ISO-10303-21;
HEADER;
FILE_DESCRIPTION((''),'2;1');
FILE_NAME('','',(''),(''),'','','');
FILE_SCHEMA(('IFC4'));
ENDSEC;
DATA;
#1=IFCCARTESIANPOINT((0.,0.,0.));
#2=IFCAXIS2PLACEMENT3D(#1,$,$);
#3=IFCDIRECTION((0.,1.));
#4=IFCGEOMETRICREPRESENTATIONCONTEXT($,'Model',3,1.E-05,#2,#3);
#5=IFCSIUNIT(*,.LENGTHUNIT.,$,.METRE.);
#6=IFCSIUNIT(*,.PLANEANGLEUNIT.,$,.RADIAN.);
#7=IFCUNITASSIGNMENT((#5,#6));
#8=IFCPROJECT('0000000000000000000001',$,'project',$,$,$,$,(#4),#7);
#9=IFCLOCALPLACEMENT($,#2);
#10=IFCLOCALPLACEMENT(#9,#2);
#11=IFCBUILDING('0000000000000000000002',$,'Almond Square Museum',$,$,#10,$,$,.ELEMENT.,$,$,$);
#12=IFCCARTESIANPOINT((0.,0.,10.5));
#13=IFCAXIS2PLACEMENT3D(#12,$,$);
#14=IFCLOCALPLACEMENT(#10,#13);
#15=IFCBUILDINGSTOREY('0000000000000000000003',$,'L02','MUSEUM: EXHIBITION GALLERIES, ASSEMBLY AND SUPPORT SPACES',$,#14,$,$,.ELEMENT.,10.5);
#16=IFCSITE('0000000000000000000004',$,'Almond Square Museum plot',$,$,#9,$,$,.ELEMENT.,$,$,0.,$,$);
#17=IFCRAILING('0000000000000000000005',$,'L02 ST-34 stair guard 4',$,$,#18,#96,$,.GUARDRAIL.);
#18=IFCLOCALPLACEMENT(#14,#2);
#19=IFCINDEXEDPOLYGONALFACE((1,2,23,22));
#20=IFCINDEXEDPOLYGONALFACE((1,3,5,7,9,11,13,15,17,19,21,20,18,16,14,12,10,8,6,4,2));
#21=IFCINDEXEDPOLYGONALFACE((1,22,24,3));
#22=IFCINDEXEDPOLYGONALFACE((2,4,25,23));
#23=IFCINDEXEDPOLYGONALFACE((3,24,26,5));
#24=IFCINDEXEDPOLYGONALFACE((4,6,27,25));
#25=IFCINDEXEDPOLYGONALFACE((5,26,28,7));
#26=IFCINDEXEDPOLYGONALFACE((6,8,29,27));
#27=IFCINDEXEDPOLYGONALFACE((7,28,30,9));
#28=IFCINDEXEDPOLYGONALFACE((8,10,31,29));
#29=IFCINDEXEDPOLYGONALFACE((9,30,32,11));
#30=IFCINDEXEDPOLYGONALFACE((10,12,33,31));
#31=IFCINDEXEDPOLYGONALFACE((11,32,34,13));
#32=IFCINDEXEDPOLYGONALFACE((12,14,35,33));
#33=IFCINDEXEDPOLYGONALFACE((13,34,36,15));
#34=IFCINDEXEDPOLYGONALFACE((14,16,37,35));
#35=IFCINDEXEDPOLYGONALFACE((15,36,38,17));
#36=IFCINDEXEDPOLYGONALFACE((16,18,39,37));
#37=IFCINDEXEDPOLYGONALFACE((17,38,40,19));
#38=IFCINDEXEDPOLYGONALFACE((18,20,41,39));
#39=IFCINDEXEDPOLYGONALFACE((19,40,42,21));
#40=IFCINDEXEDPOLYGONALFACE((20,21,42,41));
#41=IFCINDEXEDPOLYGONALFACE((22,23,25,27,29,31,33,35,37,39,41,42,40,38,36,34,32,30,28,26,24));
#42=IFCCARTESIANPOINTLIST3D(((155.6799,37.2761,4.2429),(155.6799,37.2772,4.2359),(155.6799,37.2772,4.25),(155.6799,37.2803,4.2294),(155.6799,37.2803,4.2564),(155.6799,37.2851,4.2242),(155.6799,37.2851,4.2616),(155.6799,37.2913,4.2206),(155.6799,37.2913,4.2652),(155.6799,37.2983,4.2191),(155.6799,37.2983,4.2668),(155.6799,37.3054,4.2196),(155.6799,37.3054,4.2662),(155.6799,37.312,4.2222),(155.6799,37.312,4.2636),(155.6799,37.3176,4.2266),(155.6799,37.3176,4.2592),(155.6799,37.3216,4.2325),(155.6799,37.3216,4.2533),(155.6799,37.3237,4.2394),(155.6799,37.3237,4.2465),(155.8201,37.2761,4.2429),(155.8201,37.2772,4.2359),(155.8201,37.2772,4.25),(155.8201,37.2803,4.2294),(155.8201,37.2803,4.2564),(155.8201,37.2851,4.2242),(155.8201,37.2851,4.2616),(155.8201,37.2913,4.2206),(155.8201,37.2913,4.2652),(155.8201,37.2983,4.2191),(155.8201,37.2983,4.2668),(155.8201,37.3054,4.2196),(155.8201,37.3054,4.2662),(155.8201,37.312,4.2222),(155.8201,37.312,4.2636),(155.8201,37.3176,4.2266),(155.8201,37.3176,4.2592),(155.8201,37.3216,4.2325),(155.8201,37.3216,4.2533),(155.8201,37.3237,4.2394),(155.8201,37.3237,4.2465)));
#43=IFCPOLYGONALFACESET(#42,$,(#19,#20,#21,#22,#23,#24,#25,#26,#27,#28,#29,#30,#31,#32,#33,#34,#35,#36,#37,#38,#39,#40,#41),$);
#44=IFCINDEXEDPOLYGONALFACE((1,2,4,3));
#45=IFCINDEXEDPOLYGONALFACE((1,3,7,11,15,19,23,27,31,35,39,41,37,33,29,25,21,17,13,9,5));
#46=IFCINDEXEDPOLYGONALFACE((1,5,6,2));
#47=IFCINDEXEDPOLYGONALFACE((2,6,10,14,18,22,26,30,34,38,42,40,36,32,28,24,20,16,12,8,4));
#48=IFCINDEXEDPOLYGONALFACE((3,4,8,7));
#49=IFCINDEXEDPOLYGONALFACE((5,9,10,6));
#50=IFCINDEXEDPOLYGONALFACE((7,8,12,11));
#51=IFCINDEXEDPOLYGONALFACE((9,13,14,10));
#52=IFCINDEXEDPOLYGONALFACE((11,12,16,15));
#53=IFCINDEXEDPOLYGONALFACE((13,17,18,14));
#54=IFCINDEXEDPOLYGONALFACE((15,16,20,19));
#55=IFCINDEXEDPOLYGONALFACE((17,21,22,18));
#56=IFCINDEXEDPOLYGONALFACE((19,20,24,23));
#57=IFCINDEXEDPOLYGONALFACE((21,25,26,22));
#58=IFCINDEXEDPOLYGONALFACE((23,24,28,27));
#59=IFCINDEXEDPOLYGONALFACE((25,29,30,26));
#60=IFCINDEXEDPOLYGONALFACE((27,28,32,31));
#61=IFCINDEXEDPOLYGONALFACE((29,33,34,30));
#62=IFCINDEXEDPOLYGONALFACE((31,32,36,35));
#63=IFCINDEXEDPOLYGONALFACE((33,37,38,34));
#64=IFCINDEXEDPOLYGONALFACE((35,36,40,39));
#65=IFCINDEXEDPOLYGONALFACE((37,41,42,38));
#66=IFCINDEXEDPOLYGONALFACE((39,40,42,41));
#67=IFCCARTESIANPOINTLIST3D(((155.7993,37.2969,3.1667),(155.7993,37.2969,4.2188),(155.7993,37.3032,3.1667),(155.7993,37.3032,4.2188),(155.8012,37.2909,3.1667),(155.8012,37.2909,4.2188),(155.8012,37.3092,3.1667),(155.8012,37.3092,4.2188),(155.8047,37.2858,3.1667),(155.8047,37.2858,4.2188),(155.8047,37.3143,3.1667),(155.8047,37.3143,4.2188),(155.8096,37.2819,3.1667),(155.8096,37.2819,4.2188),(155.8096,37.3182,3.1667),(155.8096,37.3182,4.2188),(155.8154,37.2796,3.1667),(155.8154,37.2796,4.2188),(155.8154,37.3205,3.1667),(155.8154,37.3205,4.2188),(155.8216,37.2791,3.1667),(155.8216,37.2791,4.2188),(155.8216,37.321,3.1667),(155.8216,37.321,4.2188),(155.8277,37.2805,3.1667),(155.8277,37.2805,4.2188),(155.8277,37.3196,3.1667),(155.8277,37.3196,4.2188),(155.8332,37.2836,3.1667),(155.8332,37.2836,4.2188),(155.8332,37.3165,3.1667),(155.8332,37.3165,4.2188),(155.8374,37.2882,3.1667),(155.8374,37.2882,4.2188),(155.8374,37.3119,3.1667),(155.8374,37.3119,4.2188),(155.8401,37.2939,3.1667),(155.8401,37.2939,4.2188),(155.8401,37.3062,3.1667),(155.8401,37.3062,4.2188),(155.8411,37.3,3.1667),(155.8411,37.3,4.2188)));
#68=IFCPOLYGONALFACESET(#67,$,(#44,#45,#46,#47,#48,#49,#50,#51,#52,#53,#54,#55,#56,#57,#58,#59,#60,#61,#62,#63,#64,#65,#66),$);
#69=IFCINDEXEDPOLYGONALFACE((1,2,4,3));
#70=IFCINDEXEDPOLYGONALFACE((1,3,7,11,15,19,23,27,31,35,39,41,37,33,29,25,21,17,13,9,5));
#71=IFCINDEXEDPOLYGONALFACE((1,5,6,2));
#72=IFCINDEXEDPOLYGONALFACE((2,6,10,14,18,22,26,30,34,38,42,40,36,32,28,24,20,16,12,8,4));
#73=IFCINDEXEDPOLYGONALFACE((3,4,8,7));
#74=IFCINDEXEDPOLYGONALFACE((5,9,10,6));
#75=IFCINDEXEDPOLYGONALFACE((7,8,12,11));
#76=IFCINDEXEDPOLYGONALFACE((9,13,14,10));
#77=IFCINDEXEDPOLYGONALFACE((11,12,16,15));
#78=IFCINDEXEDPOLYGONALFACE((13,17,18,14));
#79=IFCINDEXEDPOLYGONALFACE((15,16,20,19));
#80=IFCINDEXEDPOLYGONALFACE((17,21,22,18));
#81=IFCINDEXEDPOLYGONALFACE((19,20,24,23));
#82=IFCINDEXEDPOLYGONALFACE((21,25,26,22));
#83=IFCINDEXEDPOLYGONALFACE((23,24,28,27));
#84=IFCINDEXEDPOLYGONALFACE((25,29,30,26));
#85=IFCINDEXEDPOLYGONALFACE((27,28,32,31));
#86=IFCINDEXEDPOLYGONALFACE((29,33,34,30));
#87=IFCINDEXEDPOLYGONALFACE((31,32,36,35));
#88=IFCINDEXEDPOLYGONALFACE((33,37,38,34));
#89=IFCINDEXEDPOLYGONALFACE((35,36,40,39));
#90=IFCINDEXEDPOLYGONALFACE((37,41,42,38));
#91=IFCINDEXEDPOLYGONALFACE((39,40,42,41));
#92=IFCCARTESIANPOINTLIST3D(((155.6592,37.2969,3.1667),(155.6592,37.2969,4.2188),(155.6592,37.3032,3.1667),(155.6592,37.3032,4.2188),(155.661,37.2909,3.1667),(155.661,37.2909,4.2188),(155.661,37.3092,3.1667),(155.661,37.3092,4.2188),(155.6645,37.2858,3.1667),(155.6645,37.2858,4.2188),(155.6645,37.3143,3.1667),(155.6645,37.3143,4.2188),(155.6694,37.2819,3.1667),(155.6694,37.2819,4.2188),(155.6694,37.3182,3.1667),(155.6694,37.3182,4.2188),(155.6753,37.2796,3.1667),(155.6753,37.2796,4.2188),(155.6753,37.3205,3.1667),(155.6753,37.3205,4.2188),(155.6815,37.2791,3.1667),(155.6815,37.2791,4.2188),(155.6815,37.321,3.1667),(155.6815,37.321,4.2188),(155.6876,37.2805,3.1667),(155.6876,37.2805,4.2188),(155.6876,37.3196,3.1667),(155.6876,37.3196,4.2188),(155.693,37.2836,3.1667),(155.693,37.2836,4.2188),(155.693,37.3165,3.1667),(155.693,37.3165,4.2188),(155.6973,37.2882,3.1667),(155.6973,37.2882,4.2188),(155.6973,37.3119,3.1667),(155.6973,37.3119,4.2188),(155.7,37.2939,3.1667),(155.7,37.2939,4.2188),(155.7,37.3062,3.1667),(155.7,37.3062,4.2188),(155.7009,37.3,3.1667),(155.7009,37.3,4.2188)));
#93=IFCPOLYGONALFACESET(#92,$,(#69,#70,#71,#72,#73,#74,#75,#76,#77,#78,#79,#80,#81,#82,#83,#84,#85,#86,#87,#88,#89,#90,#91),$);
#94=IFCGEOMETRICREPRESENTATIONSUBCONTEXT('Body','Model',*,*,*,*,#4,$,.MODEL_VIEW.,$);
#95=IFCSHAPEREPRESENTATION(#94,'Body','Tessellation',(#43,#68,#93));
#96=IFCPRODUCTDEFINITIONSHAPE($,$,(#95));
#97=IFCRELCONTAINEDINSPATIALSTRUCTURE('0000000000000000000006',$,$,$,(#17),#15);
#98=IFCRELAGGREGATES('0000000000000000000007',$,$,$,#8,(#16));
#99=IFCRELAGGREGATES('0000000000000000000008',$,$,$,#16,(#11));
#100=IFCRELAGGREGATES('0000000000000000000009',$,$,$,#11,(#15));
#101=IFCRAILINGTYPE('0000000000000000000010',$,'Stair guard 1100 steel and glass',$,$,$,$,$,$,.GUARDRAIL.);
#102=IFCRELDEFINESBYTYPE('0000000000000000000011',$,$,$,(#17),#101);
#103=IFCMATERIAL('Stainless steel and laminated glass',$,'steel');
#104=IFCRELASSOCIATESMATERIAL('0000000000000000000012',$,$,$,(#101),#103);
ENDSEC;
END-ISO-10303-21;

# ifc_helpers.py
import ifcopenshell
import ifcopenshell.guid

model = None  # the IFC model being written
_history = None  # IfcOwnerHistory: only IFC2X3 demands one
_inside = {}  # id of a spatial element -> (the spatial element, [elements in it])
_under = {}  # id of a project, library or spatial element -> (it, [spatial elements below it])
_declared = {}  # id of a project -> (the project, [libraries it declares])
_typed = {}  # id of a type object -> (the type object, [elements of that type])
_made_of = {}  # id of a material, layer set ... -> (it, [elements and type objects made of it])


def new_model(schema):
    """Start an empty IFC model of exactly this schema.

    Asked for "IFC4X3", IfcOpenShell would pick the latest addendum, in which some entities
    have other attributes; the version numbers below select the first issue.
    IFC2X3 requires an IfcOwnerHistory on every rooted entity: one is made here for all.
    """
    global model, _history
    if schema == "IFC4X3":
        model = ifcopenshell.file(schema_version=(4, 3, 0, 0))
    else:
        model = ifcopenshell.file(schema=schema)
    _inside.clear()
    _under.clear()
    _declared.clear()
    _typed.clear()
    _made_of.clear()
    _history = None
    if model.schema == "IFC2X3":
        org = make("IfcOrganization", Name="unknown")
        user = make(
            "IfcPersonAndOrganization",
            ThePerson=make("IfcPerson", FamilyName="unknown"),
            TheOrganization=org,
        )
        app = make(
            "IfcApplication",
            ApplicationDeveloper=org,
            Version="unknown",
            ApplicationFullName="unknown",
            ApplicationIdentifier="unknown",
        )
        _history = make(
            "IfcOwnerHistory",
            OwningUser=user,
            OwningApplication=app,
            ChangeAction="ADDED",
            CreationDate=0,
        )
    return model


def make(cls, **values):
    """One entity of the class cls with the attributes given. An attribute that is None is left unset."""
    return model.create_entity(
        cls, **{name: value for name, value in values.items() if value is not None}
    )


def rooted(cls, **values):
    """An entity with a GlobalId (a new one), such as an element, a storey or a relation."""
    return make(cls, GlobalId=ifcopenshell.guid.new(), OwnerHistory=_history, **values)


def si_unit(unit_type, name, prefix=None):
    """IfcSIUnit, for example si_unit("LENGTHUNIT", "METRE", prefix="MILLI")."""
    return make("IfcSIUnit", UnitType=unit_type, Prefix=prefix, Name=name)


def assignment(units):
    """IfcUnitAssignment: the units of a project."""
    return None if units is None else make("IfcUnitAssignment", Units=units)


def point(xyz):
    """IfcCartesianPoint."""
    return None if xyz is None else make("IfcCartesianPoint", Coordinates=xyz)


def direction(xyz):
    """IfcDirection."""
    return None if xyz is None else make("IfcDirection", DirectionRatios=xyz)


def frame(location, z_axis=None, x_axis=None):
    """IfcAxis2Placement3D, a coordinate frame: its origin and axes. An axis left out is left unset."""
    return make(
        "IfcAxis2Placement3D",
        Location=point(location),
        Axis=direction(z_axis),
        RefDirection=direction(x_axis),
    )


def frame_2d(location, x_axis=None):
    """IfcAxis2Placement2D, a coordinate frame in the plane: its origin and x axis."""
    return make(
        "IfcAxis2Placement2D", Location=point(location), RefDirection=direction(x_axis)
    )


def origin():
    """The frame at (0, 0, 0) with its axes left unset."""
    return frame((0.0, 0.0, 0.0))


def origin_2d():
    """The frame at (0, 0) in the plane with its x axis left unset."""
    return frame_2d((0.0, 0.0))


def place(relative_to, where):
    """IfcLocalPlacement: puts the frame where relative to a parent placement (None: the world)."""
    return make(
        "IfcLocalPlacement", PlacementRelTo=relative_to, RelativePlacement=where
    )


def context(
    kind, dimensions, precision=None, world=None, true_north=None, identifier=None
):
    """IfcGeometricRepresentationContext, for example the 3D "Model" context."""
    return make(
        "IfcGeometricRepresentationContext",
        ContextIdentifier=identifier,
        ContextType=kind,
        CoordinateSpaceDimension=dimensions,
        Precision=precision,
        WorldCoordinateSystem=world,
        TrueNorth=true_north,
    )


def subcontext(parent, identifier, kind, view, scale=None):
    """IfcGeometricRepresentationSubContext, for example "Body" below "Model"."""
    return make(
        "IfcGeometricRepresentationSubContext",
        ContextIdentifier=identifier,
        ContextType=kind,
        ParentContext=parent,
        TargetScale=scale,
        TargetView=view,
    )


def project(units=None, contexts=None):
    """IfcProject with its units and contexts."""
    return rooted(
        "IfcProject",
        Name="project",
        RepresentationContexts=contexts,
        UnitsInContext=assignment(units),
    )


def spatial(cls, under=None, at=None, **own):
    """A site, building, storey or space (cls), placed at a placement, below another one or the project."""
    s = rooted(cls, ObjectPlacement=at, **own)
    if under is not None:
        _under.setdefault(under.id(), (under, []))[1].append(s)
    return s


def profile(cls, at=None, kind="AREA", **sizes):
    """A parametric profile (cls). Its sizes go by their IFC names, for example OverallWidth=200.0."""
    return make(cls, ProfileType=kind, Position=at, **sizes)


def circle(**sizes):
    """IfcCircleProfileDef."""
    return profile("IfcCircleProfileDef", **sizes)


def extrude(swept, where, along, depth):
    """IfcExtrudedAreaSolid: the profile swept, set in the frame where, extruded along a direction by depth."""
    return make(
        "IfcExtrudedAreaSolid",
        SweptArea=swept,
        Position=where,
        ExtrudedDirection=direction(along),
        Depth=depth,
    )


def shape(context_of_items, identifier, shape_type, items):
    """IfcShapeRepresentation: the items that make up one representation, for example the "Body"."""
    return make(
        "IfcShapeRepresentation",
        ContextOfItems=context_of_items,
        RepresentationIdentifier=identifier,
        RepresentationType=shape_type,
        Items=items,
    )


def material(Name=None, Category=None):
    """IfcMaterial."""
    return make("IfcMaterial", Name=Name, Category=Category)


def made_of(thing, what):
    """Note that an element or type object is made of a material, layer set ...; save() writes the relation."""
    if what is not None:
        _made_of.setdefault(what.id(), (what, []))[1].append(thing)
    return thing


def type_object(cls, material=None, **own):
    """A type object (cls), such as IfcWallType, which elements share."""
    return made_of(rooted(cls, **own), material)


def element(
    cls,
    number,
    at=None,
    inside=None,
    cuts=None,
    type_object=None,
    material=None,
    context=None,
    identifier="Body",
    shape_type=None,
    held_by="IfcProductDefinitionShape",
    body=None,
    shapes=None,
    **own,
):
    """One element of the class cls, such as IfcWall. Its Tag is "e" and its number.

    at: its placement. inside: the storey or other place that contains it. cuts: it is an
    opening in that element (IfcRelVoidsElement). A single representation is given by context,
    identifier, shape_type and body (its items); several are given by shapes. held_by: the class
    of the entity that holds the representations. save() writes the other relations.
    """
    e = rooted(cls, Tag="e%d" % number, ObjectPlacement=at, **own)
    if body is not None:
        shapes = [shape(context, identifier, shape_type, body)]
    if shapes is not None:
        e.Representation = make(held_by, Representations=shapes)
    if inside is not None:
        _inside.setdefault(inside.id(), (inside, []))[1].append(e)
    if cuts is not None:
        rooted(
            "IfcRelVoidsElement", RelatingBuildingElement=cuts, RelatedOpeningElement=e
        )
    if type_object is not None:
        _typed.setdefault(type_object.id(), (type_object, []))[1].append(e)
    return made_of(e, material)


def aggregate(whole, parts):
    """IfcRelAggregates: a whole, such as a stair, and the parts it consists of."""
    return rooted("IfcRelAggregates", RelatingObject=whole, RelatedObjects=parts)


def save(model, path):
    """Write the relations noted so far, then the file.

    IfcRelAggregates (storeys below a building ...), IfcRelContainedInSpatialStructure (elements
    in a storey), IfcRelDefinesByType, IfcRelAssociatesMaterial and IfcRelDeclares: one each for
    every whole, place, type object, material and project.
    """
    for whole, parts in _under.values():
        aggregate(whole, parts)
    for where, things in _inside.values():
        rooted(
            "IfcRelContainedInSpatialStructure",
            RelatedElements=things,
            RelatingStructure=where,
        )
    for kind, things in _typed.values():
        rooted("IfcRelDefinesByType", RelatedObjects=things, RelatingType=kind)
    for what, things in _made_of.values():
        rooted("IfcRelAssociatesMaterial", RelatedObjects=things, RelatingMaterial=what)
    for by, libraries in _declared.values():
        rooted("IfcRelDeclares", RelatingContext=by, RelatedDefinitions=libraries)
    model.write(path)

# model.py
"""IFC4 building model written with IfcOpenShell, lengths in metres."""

from ifc_helpers import new_model, si_unit, direction, frame, origin, origin_2d, place, context, subcontext, project, spatial, circle, extrude, material, type_object, element, save


model = new_model("IFC4")

# Units and contexts
model_context = context("Model", 3, precision=1e-05, world=origin(), true_north=direction((0.0, 1.0)))
body_context = subcontext(model_context, "Body", "Model", "MODEL_VIEW")
ifc_project = project(units=[si_unit("LENGTHUNIT", "METRE"), si_unit("PLANEANGLEUNIT", "RADIAN")], contexts=[model_context])

# Site, building, storey
site_placement = place(None, origin())
site = spatial("IfcSite", under=ifc_project, at=site_placement, Name="Almond Square Museum plot", CompositionType="ELEMENT", RefElevation=0.0)
building_placement = place(site_placement, origin())
building = spatial("IfcBuilding", under=site, at=building_placement, Name="Almond Square Museum", CompositionType="ELEMENT")
storey_placement = place(building_placement, frame((0.0, 0.0, 10.5)))
storey = spatial("IfcBuildingStorey", under=building, at=storey_placement, Name="L02", Description="MUSEUM: EXHIBITION GALLERIES, ASSEMBLY AND SUPPORT SPACES", CompositionType="ELEMENT", Elevation=10.5)

# Railing
ifc_material_1 = material(Name="Stainless steel and laminated glass", Category="steel")
railing_type_1 = type_object("IfcRailingType", Name="Stair guard 1100 steel and glass", PredefinedType="GUARDRAIL", material=ifc_material_1)
railing_1_placement = place(storey_placement, frame((155.8201, 37.3, 3.1667)))
element("IfcRailing", 1, at=railing_1_placement, inside=storey, type_object=railing_type_1, Name="L02 ST-34 stair guard 4", PredefinedType="GUARDRAIL", context=body_context, shape_type="SweptSolid", body=[
    extrude(circle(Radius=0.0239, at=origin_2d()), frame((0.0, 0.0, 1.0762), z_axis=(-1.0, 0.0, 0.0), x_axis=(0.0, -1.0, 0.0)), (0.0, 0.0, 1.0), 0.1401),
    extrude(circle(Radius=0.021, at=origin_2d()), origin(), (0.0, 0.0, 1.0), 1.052),
    extrude(circle(Radius=0.021, at=origin_2d()), frame((-0.1401, 0.0, 0.0)), (0.0, 0.0, 1.0), 1.052),
])

save(model, "model.ifc")
